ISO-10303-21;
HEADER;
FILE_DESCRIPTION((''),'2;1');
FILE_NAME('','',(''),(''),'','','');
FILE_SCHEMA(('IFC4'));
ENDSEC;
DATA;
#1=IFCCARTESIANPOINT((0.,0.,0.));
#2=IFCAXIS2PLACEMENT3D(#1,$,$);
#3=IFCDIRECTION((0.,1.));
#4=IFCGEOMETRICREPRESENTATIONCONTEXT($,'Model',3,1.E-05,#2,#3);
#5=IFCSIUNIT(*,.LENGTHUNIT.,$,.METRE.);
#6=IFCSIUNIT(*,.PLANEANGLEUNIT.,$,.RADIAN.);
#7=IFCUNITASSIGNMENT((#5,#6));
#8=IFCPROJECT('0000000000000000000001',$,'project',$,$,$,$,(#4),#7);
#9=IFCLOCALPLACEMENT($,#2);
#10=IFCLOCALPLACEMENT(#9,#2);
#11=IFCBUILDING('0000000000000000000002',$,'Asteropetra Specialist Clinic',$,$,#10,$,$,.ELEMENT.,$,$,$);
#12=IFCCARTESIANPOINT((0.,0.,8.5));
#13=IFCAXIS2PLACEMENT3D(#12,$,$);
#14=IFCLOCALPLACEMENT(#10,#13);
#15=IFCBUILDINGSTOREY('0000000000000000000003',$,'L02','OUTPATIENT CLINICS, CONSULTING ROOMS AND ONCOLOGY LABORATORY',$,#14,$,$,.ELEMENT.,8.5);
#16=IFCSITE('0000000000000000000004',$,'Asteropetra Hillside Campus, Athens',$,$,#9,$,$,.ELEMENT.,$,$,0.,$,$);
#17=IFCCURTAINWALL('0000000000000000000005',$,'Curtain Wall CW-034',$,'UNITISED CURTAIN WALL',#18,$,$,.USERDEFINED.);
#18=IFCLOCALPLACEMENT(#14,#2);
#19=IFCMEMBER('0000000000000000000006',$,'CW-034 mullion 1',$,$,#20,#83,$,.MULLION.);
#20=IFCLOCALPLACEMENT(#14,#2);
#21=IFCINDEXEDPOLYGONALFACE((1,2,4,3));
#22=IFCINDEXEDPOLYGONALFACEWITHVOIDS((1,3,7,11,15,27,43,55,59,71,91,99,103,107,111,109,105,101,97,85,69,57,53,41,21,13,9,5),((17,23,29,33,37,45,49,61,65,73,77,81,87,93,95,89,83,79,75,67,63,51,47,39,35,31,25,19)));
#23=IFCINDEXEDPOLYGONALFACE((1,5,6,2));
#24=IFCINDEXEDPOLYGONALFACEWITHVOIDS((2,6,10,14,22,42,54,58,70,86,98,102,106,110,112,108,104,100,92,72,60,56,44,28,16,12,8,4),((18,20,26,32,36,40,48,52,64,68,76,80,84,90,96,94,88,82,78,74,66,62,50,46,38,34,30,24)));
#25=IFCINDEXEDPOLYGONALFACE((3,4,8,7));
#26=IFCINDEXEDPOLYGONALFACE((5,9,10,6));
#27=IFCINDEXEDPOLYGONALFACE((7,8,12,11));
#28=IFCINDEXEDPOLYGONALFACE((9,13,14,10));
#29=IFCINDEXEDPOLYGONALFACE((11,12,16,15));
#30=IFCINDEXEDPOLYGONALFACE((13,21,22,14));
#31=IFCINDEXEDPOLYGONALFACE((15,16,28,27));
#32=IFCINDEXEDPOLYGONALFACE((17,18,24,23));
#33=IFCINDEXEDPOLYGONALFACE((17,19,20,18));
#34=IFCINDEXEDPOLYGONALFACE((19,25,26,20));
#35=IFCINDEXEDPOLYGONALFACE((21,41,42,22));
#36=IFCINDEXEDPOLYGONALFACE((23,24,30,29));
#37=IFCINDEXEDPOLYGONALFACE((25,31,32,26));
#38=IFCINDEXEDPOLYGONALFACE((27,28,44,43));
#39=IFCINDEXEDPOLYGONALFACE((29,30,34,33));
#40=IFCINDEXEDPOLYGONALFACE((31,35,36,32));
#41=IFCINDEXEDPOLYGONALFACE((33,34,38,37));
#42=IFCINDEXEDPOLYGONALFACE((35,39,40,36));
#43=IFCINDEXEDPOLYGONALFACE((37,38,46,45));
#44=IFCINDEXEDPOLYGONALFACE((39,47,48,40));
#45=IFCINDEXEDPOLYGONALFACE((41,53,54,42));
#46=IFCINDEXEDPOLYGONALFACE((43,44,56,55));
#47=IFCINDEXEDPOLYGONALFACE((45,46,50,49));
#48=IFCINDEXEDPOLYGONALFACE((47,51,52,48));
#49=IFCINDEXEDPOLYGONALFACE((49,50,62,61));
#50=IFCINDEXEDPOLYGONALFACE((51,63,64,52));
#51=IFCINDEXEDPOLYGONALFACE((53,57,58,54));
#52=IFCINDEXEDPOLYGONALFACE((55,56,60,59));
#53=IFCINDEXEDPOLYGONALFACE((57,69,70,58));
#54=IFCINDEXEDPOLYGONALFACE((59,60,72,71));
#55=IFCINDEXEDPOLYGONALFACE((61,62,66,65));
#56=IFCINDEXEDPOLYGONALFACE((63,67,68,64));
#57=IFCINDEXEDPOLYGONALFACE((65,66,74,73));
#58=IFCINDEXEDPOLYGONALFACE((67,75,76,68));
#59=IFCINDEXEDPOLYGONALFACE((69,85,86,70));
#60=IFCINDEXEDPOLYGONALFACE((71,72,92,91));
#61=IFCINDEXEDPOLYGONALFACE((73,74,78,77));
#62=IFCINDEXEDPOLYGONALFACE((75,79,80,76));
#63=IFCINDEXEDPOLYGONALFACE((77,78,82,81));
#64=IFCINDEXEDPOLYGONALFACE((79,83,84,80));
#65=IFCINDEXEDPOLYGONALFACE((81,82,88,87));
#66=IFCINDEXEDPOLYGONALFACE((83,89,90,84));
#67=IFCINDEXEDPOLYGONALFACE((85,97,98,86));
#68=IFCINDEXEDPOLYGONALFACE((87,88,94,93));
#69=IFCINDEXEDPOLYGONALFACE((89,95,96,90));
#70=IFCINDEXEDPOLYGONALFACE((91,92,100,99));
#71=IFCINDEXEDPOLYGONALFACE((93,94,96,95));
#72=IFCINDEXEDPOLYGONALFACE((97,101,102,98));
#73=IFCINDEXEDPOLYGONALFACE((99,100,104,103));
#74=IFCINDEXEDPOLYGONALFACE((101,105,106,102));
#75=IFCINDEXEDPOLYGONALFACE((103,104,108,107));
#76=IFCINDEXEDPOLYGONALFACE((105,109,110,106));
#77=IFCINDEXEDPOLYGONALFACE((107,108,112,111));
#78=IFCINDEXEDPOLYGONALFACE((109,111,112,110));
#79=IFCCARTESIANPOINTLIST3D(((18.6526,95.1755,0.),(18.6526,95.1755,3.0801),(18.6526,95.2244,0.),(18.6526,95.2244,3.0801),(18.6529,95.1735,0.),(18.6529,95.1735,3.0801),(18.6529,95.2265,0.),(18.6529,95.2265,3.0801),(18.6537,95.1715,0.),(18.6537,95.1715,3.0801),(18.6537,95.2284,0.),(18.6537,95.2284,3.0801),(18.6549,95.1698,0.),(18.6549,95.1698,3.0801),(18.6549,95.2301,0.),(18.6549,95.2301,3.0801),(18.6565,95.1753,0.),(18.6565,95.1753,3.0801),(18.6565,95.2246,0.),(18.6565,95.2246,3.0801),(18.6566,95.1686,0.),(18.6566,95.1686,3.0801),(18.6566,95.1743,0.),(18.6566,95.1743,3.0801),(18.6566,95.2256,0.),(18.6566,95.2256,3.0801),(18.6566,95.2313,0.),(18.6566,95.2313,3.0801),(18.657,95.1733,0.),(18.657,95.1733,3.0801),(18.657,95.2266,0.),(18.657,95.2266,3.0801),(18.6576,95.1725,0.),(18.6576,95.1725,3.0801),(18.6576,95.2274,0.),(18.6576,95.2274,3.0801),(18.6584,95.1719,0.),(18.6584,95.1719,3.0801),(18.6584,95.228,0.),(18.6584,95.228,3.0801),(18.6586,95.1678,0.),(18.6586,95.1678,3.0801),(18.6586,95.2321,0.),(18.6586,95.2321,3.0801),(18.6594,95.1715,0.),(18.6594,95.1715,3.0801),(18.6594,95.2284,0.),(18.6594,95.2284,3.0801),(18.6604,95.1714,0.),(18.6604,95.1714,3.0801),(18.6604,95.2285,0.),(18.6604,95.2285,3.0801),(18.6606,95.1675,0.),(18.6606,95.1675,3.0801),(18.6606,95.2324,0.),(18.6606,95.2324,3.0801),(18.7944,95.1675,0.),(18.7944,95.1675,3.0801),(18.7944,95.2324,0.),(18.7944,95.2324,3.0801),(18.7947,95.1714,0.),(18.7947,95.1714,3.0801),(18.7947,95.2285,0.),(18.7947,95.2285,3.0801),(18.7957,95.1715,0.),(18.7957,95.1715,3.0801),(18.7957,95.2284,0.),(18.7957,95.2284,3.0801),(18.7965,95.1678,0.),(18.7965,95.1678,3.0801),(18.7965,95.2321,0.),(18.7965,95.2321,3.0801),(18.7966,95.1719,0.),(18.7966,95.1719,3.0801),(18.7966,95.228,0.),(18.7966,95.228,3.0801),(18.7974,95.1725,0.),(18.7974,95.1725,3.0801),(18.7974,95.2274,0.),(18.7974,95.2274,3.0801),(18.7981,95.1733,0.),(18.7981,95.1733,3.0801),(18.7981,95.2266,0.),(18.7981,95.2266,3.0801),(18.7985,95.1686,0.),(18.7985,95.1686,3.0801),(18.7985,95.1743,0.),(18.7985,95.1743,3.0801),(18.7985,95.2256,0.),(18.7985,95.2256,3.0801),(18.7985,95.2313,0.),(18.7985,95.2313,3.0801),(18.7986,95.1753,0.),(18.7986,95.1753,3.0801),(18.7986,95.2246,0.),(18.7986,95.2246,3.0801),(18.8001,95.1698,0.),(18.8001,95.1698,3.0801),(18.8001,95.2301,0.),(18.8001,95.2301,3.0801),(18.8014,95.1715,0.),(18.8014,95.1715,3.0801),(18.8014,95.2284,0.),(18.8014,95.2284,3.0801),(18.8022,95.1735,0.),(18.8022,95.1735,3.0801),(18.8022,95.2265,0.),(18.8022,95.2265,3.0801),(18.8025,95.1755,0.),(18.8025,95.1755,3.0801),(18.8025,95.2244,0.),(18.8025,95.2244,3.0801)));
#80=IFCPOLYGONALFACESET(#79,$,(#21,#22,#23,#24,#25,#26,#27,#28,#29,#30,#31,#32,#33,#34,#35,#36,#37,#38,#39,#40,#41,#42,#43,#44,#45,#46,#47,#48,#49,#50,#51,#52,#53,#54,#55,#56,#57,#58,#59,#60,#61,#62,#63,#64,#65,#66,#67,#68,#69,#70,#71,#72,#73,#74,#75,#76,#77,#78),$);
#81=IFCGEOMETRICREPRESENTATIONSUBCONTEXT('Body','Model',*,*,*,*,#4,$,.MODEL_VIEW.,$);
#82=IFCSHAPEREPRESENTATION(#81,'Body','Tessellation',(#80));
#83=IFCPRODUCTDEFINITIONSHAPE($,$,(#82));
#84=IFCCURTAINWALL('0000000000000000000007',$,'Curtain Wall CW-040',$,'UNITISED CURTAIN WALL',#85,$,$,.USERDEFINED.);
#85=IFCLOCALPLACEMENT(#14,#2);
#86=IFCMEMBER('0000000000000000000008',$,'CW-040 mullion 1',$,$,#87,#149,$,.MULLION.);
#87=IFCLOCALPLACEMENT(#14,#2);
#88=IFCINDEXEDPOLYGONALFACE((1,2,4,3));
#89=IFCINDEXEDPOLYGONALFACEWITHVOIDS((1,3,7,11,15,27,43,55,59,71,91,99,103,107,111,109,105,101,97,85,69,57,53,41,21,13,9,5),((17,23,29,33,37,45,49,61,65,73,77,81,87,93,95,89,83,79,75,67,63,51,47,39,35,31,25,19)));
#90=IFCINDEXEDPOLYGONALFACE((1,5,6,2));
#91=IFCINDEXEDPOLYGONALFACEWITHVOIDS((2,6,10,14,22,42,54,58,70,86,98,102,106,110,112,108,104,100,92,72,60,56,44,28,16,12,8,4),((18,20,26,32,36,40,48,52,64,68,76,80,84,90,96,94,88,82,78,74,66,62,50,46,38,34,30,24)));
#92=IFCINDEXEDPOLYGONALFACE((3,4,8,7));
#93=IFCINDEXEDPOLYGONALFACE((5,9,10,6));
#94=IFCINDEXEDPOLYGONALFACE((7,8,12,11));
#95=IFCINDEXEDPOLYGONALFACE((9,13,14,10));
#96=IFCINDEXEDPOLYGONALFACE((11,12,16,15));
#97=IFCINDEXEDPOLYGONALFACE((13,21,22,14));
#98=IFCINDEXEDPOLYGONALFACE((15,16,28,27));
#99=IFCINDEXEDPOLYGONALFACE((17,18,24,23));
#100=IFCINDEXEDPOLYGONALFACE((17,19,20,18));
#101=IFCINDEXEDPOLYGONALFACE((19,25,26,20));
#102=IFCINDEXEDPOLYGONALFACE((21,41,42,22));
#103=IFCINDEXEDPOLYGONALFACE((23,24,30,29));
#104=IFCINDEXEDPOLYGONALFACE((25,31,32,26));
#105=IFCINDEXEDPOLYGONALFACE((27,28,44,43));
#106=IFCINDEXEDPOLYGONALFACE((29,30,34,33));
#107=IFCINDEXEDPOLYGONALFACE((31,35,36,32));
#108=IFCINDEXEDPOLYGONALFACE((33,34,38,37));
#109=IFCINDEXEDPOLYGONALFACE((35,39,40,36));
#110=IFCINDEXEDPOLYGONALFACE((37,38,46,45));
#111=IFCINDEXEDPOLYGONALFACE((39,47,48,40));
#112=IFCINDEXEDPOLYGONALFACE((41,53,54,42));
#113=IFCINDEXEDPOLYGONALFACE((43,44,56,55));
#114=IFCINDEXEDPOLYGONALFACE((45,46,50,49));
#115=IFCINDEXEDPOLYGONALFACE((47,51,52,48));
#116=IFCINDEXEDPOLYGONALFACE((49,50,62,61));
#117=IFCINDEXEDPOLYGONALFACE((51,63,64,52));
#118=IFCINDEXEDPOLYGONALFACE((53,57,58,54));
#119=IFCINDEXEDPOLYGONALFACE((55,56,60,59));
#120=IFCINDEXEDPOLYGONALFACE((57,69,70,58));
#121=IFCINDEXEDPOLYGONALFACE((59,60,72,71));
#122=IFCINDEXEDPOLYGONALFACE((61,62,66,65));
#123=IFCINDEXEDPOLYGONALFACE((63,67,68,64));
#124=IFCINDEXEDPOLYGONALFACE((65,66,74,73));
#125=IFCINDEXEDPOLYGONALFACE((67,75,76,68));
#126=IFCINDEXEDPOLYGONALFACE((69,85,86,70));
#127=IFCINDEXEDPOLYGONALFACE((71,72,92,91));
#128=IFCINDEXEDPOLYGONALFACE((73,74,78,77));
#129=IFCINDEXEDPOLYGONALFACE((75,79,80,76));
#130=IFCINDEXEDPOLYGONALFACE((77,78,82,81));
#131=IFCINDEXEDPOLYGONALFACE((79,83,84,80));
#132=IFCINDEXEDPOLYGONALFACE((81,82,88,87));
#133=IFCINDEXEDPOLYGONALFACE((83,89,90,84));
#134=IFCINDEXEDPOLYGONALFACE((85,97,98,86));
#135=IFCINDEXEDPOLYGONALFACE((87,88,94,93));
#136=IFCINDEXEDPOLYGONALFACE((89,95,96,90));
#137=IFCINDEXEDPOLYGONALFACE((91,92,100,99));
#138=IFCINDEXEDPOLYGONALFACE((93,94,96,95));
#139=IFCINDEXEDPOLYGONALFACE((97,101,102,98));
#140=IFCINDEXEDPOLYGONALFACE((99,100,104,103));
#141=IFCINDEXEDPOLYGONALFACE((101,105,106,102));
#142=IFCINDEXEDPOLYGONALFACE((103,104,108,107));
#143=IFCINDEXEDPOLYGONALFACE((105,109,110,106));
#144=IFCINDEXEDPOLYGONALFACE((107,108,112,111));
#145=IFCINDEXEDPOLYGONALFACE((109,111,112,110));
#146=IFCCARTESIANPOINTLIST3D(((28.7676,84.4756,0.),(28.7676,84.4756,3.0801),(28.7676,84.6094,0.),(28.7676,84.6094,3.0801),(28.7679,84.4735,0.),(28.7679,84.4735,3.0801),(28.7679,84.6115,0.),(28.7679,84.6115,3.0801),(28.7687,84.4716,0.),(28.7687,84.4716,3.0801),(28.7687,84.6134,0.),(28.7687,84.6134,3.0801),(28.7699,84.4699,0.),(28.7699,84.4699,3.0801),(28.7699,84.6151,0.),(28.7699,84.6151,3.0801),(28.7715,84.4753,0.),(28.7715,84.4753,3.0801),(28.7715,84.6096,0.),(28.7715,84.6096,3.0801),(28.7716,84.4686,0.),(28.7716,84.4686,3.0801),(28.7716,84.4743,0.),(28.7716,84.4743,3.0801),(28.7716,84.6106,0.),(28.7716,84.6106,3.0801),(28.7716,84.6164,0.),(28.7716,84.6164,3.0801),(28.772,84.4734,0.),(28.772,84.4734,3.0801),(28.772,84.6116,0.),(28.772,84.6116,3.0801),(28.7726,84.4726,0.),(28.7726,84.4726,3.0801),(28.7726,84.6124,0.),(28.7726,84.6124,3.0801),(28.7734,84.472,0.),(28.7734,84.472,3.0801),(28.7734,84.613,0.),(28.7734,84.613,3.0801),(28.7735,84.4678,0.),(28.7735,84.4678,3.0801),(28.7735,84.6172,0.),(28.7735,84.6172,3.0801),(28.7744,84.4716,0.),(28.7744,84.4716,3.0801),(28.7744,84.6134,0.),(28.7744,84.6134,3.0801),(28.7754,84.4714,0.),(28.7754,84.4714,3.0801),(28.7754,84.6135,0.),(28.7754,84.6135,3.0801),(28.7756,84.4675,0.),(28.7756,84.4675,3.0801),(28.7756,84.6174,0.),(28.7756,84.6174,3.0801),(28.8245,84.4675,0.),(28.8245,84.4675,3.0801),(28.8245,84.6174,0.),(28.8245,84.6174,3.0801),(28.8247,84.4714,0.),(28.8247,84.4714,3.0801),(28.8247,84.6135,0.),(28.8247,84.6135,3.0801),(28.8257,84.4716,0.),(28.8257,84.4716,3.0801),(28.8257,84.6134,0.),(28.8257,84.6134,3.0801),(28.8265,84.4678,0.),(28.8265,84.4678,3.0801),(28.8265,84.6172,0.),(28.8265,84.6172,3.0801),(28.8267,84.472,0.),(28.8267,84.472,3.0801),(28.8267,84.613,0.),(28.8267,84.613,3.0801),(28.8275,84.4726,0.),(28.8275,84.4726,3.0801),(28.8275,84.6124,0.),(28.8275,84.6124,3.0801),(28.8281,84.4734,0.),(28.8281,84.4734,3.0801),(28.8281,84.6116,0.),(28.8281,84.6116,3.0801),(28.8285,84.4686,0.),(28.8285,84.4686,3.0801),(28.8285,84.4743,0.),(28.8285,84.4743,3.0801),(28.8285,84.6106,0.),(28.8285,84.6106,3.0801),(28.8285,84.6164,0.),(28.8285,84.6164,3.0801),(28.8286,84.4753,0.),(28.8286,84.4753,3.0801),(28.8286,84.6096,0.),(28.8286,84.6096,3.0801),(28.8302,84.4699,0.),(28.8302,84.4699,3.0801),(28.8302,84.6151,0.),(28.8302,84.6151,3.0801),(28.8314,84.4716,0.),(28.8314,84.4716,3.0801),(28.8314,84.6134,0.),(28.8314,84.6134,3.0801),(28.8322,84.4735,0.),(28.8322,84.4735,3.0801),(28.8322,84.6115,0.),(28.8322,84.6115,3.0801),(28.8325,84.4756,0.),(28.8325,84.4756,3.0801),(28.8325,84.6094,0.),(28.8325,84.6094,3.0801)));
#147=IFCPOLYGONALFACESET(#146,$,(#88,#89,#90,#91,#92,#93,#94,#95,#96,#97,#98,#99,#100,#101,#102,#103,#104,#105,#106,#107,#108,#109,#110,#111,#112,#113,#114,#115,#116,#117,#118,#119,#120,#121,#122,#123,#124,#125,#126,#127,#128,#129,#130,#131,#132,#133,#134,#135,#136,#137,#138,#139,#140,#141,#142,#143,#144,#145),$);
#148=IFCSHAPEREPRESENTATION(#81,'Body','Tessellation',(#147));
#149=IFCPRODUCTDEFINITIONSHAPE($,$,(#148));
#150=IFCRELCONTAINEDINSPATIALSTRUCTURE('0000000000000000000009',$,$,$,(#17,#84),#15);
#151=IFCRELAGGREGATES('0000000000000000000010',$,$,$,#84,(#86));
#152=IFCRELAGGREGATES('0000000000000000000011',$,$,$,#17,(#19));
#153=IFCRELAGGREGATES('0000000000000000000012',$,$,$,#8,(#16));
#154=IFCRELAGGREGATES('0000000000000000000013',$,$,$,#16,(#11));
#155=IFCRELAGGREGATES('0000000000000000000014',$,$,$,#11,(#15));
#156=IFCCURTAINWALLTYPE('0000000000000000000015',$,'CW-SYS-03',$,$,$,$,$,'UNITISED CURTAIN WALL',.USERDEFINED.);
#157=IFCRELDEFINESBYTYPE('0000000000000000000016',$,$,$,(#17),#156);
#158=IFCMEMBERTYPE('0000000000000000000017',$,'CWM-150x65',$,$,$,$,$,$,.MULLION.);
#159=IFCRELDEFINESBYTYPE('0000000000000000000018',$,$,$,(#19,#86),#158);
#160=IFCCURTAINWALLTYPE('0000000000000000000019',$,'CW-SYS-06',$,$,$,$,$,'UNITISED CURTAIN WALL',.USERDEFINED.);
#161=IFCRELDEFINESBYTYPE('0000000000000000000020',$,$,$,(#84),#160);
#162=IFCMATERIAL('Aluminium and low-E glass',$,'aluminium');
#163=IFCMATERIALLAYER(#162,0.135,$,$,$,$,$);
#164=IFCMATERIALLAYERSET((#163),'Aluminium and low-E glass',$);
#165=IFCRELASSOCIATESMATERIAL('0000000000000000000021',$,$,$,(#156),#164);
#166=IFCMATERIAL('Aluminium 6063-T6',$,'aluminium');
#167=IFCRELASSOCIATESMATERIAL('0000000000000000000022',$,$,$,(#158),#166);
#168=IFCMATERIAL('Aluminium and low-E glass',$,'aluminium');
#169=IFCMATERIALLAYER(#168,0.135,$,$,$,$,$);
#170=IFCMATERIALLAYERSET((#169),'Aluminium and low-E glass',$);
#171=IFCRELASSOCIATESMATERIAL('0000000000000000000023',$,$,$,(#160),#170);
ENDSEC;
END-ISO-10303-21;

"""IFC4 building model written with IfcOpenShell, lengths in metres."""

from ifc_helpers import new_model, si_unit, direction, frame, origin, origin_2d, place, context, subcontext, project, spatial, hollow_rectangle, extrude, material, layer, layer_set, material_profile, profile_set, type_object, element, aggregate, save


model = new_model("IFC4")

# Units and contexts
model_context = context("Model", 3, precision=1e-05, world=origin(), true_north=direction((0.0, 1.0)))
body_context = subcontext(model_context, "Body", "Model", "MODEL_VIEW")
ifc_project = project(units=[si_unit("LENGTHUNIT", "METRE"), si_unit("PLANEANGLEUNIT", "RADIAN")], contexts=[model_context])

# Site, building, storey
site_placement = place(None, origin())
site = spatial("IfcSite", under=ifc_project, at=site_placement, Name="Asteropetra Hillside Campus, Athens", CompositionType="ELEMENT", RefElevation=0.0)
building_placement = place(site_placement, origin())
building = spatial("IfcBuilding", under=site, at=building_placement, Name="Asteropetra Specialist Clinic", CompositionType="ELEMENT")
storey_placement = place(building_placement, frame((0.0, 0.0, 8.5)))
storey = spatial("IfcBuildingStorey", under=building, at=storey_placement, Name="L02", Description="OUTPATIENT CLINICS, CONSULTING ROOMS AND ONCOLOGY LABORATORY", CompositionType="ELEMENT", Elevation=8.5)

# Curtain wall, member
ifc_material_1 = material(Name="Aluminium and low-E glass", Category="aluminium")
ifc_layer_1 = layer(ifc_material_1, 0.135)
ifc_layer_set_1 = layer_set([ifc_layer_1], Name="Aluminium and low-E glass")
curtain_wall_type_1 = type_object("IfcCurtainWallType", Name="CW-SYS-03", ElementType="UNITISED CURTAIN WALL", PredefinedType="USERDEFINED", material=ifc_layer_set_1)
curtain_wall_1_placement = place(storey_placement, origin())
curtain_wall_1 = element("IfcCurtainWall", 1, at=curtain_wall_1_placement, inside=storey, type_object=curtain_wall_type_1, Name="Curtain Wall CW-034", ObjectType="UNITISED CURTAIN WALL", PredefinedType="USERDEFINED")
ifc_material_2 = material(Name="Aluminium 6063-T6", Category="aluminium")
ifc_material_profile_1 = material_profile(ifc_material_2, hollow_rectangle(XDim=0.0649, YDim=0.1499, WallThickness=0.0039, InnerFilletRadius=0.0039, OuterFilletRadius=0.0081, at=origin_2d()), Name="MUL 150x65x4.0")
ifc_profile_set_1 = profile_set([ifc_material_profile_1], Name="Aluminium 6063-T6")
member_type_1 = type_object("IfcMemberType", Name="CWM-150x65", PredefinedType="MULLION", material=ifc_profile_set_1)
member_1_placement = place(storey_placement, frame((18.7275, 95.2, 0.0), z_axis=(0.0, 0.0, 1.0), x_axis=(0.0, -1.0, 0.0)))
member_1 = element("IfcMember", 2, at=member_1_placement, type_object=member_type_1, Name="CW-034 mullion 1", PredefinedType="MULLION", context=body_context, shape_type="SweptSolid", body=[
    extrude(hollow_rectangle(XDim=0.0649, YDim=0.1499, WallThickness=0.0039, InnerFilletRadius=0.0039, OuterFilletRadius=0.0081, at=origin_2d()), origin(), (0.0, 0.0, 1.0), 3.0801),
])

# Curtain wall, member
ifc_material_3 = material(Name="Aluminium and low-E glass", Category="aluminium")
ifc_layer_2 = layer(ifc_material_3, 0.135)
ifc_layer_set_2 = layer_set([ifc_layer_2], Name="Aluminium and low-E glass")
curtain_wall_type_2 = type_object("IfcCurtainWallType", Name="CW-SYS-06", ElementType="UNITISED CURTAIN WALL", PredefinedType="USERDEFINED", material=ifc_layer_set_2)
curtain_wall_2_placement = place(storey_placement, origin())
curtain_wall_2 = element("IfcCurtainWall", 3, at=curtain_wall_2_placement, inside=storey, type_object=curtain_wall_type_2, Name="Curtain Wall CW-040", ObjectType="UNITISED CURTAIN WALL", PredefinedType="USERDEFINED")
member_2_placement = place(storey_placement, frame((28.8, 84.5425, 0.0), z_axis=(0.0, 0.0, 1.0), x_axis=(-1.0, 0.0, 0.0)))
member_2 = element("IfcMember", 4, at=member_2_placement, type_object=member_type_1, Name="CW-040 mullion 1", PredefinedType="MULLION", context=body_context, shape_type="SweptSolid", body=[
    extrude(hollow_rectangle(XDim=0.0649, YDim=0.1499, WallThickness=0.0039, InnerFilletRadius=0.0039, OuterFilletRadius=0.0081, at=origin_2d()), origin(), (0.0, 0.0, 1.0), 3.0801),
])

aggregate(curtain_wall_2, [member_2])
aggregate(curtain_wall_1, [member_1])

save(model, "model.ifc")
